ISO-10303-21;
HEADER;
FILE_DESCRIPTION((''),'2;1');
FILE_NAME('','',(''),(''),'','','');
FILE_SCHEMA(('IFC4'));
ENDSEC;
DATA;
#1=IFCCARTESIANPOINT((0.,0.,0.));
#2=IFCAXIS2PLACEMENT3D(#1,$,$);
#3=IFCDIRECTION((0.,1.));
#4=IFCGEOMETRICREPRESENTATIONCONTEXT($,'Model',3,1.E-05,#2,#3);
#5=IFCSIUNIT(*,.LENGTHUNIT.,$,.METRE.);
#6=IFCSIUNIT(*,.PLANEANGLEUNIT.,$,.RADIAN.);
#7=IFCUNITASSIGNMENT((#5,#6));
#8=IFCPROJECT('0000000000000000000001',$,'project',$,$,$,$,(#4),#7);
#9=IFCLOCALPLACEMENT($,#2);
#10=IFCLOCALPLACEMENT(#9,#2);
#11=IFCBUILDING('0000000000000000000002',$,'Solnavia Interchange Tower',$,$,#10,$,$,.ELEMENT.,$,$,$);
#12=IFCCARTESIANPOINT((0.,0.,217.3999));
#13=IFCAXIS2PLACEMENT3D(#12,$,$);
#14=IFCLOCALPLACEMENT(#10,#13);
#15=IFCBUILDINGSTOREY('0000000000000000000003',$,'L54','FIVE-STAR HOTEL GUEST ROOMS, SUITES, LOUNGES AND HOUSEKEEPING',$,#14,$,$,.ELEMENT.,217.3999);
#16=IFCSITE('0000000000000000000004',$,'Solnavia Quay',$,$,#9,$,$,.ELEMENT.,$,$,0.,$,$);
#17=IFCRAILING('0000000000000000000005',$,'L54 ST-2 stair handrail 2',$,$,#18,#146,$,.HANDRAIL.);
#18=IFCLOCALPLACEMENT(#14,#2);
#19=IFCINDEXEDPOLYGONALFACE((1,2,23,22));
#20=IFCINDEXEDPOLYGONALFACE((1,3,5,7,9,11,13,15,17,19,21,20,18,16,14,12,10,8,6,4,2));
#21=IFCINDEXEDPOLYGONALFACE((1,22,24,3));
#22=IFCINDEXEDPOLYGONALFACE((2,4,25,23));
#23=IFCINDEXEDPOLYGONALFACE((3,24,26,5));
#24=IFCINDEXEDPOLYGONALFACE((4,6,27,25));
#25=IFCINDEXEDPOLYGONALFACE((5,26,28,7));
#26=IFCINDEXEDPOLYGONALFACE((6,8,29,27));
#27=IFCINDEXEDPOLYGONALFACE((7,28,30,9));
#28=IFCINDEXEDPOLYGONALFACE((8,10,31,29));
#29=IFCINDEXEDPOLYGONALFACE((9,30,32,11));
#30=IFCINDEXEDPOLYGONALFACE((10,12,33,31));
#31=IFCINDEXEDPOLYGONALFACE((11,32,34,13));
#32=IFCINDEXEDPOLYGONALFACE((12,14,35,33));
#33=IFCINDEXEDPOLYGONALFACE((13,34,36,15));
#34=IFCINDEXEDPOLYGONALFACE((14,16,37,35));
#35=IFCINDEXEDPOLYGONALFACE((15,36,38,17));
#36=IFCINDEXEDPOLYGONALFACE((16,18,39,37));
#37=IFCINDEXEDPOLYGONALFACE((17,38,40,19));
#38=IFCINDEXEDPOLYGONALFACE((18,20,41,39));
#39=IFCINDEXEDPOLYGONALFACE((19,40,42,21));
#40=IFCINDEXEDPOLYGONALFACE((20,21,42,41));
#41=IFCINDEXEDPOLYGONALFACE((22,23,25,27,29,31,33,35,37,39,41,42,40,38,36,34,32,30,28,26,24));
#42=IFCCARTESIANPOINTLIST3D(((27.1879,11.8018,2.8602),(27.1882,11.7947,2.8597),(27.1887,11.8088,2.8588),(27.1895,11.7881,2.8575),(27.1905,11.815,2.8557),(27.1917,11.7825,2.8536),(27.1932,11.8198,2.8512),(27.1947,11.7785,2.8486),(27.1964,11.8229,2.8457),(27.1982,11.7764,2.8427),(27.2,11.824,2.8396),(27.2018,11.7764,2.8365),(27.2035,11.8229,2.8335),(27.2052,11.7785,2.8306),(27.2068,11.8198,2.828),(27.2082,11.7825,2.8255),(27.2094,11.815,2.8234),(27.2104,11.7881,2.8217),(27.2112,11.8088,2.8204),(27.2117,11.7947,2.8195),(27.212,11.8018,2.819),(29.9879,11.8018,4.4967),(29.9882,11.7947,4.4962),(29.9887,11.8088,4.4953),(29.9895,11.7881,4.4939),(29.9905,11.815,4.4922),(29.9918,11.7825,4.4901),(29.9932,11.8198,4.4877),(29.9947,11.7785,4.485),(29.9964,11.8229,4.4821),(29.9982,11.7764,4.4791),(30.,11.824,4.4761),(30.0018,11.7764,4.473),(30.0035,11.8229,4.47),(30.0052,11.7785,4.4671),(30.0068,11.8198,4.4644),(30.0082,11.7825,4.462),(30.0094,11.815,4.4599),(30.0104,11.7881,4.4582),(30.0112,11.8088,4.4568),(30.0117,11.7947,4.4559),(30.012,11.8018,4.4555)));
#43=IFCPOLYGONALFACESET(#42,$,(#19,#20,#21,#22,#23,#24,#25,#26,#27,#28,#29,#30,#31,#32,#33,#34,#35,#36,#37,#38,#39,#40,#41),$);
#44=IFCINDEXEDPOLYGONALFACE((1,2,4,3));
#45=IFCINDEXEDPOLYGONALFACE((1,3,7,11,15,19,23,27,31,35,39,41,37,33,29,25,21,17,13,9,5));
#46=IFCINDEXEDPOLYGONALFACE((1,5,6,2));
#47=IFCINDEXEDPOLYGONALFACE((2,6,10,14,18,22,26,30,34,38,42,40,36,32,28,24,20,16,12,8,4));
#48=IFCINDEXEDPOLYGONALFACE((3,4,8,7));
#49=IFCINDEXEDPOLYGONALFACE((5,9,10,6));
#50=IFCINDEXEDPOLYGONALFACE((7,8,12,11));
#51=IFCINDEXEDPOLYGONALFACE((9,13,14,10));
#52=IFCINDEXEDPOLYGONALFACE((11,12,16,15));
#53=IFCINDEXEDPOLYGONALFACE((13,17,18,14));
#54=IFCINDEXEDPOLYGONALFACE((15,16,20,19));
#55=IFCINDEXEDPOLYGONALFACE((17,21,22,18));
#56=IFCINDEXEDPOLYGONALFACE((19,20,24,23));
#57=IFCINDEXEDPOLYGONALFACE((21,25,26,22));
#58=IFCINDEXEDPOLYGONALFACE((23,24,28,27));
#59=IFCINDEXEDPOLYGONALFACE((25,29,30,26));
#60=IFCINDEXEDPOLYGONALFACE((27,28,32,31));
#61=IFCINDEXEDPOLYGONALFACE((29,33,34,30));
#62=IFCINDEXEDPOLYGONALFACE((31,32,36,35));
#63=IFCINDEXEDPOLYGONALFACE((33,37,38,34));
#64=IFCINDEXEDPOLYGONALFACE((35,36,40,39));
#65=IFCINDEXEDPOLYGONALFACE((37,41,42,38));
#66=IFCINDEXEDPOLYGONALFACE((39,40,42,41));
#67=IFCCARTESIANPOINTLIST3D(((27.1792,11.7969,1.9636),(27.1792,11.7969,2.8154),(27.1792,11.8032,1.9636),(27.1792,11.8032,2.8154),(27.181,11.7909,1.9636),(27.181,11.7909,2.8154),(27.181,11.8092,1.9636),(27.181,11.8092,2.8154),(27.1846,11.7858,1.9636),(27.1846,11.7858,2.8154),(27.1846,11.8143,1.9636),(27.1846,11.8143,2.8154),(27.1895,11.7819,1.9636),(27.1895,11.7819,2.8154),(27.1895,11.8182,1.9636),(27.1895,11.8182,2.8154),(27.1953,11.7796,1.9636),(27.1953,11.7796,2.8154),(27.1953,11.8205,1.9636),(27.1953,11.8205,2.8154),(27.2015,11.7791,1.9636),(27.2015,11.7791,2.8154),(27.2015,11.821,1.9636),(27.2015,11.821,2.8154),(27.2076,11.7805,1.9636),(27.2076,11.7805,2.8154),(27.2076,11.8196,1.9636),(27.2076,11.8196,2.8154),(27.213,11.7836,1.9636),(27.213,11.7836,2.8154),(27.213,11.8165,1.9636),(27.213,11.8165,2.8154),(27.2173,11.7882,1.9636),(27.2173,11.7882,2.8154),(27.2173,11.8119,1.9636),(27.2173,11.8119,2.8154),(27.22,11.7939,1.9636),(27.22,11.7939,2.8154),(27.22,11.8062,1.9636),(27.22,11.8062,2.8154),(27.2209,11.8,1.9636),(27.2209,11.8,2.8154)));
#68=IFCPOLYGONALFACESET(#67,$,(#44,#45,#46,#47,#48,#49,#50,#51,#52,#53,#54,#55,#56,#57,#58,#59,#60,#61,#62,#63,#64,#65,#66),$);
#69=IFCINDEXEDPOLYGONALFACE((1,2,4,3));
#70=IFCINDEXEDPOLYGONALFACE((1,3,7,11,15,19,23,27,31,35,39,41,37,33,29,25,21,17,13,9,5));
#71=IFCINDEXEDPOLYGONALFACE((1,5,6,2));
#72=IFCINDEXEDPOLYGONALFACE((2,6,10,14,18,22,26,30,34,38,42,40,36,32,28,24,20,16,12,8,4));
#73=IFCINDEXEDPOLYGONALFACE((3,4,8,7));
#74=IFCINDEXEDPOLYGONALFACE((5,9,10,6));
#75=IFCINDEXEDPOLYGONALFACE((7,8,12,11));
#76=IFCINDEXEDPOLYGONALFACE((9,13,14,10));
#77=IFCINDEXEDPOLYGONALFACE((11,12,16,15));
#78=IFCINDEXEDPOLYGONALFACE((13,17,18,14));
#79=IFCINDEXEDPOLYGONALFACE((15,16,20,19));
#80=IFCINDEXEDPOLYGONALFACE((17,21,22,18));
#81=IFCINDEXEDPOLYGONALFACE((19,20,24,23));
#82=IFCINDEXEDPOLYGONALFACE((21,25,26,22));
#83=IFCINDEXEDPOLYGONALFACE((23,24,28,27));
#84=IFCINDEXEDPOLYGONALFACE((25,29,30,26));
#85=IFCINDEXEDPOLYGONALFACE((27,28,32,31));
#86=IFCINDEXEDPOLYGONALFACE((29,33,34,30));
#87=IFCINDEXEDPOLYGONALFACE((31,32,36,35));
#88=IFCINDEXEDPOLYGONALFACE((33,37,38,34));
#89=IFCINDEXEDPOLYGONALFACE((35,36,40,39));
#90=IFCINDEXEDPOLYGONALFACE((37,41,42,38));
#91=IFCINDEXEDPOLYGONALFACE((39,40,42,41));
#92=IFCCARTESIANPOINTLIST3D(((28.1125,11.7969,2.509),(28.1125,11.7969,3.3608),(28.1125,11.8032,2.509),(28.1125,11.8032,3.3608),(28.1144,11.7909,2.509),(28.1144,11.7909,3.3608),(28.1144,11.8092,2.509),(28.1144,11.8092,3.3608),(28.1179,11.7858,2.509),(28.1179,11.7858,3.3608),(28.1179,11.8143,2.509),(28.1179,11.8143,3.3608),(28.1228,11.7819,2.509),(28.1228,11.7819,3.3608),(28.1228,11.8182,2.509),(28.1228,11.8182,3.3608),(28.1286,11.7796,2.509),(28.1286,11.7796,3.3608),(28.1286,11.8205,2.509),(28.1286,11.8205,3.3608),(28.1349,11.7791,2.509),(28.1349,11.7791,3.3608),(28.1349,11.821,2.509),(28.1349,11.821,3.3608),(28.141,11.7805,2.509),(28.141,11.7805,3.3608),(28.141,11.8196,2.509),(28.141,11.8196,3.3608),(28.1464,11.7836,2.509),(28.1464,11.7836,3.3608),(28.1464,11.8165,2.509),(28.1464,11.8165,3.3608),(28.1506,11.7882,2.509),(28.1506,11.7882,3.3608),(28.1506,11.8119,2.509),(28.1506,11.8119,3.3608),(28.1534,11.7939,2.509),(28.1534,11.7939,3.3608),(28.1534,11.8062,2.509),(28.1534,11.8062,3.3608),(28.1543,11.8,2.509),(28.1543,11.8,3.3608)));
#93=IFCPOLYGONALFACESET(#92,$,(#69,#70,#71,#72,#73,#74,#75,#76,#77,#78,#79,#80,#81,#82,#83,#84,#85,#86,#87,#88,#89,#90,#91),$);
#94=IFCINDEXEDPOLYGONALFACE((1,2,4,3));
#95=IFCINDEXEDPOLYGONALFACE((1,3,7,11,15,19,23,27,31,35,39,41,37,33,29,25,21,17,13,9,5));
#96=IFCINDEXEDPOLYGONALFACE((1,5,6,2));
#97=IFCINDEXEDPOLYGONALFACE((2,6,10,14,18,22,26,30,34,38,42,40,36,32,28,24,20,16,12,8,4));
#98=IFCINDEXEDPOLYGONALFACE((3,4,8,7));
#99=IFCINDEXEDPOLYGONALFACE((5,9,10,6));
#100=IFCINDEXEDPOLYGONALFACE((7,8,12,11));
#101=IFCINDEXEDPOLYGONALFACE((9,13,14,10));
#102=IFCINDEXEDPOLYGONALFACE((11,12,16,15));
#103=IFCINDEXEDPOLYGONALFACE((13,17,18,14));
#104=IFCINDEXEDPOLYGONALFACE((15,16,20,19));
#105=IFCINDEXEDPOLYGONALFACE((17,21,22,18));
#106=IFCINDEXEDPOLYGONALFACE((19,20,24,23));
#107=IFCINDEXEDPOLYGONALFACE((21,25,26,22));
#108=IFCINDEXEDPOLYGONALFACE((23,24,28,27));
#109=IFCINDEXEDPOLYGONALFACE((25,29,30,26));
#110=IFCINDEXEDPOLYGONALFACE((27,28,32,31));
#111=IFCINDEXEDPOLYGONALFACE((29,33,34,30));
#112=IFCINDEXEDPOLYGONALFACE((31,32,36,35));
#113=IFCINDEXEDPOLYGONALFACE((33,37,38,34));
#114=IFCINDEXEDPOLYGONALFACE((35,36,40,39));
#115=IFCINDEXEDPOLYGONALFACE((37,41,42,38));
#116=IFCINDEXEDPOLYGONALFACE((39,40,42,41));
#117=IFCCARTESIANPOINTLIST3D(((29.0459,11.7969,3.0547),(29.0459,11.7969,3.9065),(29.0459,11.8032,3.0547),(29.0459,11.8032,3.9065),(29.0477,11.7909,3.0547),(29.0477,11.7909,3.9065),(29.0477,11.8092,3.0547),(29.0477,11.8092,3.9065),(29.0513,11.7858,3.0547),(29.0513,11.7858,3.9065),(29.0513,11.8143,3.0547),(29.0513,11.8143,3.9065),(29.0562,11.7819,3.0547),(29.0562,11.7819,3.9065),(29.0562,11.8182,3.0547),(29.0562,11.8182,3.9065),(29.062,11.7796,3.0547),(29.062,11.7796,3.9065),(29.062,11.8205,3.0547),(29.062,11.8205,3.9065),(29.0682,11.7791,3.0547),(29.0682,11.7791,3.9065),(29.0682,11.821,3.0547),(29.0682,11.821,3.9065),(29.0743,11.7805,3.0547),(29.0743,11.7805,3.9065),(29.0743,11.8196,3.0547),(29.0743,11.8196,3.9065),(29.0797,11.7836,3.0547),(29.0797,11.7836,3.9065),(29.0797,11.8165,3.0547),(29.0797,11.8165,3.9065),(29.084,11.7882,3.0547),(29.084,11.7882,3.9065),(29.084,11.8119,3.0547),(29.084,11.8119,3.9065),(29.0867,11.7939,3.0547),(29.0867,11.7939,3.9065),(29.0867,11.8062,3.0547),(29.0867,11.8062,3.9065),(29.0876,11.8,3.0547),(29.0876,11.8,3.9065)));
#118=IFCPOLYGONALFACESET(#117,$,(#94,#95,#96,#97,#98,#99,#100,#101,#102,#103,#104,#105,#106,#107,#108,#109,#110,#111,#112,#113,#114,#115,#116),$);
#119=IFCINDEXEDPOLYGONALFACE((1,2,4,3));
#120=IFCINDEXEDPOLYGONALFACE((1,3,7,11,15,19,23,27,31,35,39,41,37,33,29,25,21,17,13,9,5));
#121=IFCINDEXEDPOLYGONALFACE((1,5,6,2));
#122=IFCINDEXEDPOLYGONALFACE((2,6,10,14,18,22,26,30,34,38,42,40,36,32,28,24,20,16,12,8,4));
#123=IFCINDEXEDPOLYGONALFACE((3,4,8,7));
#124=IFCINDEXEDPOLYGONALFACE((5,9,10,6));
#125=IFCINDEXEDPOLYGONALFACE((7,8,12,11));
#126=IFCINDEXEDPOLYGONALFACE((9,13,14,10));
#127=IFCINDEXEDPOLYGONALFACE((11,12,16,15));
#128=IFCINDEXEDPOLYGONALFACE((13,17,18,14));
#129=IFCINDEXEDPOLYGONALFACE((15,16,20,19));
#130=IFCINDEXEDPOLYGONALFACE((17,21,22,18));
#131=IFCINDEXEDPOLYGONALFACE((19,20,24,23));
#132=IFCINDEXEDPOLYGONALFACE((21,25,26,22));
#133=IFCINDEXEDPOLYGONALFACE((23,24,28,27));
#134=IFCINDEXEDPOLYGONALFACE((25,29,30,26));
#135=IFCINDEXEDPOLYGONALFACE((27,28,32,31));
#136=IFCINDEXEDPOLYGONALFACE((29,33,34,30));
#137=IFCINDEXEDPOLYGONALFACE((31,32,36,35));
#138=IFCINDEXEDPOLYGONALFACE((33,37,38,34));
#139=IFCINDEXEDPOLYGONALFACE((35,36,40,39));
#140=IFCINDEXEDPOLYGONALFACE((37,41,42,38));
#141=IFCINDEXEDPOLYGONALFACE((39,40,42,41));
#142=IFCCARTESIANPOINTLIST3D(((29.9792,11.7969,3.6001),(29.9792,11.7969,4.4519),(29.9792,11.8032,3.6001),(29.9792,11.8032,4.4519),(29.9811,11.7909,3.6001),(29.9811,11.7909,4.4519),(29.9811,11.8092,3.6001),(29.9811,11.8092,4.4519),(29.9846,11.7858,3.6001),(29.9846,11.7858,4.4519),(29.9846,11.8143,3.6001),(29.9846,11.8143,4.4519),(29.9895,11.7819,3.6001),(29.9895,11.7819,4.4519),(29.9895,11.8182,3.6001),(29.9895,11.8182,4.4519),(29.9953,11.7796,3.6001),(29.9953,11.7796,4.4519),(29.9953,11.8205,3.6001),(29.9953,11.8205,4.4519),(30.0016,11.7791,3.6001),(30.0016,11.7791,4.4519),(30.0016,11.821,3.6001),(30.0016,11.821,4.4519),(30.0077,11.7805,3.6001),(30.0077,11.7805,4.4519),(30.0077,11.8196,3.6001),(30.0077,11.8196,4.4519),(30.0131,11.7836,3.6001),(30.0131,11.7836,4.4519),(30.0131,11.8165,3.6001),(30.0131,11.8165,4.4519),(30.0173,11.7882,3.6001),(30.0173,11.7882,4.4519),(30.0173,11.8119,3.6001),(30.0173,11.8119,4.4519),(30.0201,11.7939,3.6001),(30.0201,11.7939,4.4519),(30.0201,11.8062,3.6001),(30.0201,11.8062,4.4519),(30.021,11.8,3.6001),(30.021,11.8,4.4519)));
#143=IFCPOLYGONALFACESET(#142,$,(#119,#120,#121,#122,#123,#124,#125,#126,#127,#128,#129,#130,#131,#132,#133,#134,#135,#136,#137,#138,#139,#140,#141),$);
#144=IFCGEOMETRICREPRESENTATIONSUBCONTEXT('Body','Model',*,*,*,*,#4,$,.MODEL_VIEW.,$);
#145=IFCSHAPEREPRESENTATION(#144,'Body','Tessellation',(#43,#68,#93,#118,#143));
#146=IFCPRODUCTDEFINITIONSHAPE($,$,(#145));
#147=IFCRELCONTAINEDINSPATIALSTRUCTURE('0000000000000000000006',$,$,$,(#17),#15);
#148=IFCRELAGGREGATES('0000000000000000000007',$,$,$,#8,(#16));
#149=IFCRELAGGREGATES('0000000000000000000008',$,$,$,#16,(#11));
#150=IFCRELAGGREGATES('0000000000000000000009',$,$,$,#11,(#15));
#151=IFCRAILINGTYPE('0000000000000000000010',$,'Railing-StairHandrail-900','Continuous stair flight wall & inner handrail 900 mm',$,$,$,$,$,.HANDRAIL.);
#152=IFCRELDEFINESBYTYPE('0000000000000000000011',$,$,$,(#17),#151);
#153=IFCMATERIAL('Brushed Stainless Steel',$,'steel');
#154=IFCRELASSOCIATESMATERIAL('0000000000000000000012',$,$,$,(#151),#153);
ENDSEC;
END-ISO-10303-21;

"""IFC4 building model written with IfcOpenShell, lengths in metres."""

from ifc_helpers import new_model, si_unit, direction, frame, origin, origin_2d, place, context, subcontext, project, spatial, circle, extrude, material, type_object, element, save


model = new_model("IFC4")

# Units and contexts
model_context = context("Model", 3, precision=1e-05, world=origin(), true_north=direction((0.0, 1.0)))
body_context = subcontext(model_context, "Body", "Model", "MODEL_VIEW")
ifc_project = project(units=[si_unit("LENGTHUNIT", "METRE"), si_unit("PLANEANGLEUNIT", "RADIAN")], contexts=[model_context])

# Site, building, storey
site_placement = place(None, origin())
site = spatial("IfcSite", under=ifc_project, at=site_placement, Name="Solnavia Quay", CompositionType="ELEMENT", RefElevation=0.0)
building_placement = place(site_placement, origin())
building = spatial("IfcBuilding", under=site, at=building_placement, Name="Solnavia Interchange Tower", CompositionType="ELEMENT")
storey_placement = place(building_placement, frame((0.0, 0.0, 217.3999)))
storey = spatial("IfcBuildingStorey", under=building, at=storey_placement, Name="L54", Description="FIVE-STAR HOTEL GUEST ROOMS, SUITES, LOUNGES AND HOUSEKEEPING", CompositionType="ELEMENT", Elevation=217.3999)

# Railing
ifc_material_1 = material(Name="Brushed Stainless Steel", Category="steel")
railing_type_1 = type_object("IfcRailingType", Name="Railing-StairHandrail-900", Description="Continuous stair flight wall & inner handrail 900 mm", PredefinedType="HANDRAIL", material=ifc_material_1)
railing_1_placement = place(storey_placement, frame((27.2, 11.8, 1.9636)))
element("IfcRailing", 1, at=railing_1_placement, inside=storey, type_object=railing_type_1, Name="L54 ST-2 stair handrail 2", PredefinedType="HANDRAIL", context=body_context, shape_type="SweptSolid", body=[
    extrude(circle(Radius=0.0239, at=origin_2d()), frame((0.0, 0.0, 0.876), z_axis=(0.863361, 0.0, 0.504587), x_axis=(0.0, 1.0, 0.0)), (0.0, 0.0, 1.0), 3.2432),
    extrude(circle(Radius=0.021, at=origin_2d()), origin(), (0.0, 0.0, 1.0), 0.8518),
    extrude(circle(Radius=0.021, at=origin_2d()), frame((0.9333, 0.0, 0.5454)), (0.0, 0.0, 1.0), 0.8518),
    extrude(circle(Radius=0.021, at=origin_2d()), frame((1.8667, 0.0, 1.0911)), (0.0, 0.0, 1.0), 0.8518),
    extrude(circle(Radius=0.021, at=origin_2d()), frame((2.8, 0.0, 1.6365)), (0.0, 0.0, 1.0), 0.8518),
])

save(model, "model.ifc")
